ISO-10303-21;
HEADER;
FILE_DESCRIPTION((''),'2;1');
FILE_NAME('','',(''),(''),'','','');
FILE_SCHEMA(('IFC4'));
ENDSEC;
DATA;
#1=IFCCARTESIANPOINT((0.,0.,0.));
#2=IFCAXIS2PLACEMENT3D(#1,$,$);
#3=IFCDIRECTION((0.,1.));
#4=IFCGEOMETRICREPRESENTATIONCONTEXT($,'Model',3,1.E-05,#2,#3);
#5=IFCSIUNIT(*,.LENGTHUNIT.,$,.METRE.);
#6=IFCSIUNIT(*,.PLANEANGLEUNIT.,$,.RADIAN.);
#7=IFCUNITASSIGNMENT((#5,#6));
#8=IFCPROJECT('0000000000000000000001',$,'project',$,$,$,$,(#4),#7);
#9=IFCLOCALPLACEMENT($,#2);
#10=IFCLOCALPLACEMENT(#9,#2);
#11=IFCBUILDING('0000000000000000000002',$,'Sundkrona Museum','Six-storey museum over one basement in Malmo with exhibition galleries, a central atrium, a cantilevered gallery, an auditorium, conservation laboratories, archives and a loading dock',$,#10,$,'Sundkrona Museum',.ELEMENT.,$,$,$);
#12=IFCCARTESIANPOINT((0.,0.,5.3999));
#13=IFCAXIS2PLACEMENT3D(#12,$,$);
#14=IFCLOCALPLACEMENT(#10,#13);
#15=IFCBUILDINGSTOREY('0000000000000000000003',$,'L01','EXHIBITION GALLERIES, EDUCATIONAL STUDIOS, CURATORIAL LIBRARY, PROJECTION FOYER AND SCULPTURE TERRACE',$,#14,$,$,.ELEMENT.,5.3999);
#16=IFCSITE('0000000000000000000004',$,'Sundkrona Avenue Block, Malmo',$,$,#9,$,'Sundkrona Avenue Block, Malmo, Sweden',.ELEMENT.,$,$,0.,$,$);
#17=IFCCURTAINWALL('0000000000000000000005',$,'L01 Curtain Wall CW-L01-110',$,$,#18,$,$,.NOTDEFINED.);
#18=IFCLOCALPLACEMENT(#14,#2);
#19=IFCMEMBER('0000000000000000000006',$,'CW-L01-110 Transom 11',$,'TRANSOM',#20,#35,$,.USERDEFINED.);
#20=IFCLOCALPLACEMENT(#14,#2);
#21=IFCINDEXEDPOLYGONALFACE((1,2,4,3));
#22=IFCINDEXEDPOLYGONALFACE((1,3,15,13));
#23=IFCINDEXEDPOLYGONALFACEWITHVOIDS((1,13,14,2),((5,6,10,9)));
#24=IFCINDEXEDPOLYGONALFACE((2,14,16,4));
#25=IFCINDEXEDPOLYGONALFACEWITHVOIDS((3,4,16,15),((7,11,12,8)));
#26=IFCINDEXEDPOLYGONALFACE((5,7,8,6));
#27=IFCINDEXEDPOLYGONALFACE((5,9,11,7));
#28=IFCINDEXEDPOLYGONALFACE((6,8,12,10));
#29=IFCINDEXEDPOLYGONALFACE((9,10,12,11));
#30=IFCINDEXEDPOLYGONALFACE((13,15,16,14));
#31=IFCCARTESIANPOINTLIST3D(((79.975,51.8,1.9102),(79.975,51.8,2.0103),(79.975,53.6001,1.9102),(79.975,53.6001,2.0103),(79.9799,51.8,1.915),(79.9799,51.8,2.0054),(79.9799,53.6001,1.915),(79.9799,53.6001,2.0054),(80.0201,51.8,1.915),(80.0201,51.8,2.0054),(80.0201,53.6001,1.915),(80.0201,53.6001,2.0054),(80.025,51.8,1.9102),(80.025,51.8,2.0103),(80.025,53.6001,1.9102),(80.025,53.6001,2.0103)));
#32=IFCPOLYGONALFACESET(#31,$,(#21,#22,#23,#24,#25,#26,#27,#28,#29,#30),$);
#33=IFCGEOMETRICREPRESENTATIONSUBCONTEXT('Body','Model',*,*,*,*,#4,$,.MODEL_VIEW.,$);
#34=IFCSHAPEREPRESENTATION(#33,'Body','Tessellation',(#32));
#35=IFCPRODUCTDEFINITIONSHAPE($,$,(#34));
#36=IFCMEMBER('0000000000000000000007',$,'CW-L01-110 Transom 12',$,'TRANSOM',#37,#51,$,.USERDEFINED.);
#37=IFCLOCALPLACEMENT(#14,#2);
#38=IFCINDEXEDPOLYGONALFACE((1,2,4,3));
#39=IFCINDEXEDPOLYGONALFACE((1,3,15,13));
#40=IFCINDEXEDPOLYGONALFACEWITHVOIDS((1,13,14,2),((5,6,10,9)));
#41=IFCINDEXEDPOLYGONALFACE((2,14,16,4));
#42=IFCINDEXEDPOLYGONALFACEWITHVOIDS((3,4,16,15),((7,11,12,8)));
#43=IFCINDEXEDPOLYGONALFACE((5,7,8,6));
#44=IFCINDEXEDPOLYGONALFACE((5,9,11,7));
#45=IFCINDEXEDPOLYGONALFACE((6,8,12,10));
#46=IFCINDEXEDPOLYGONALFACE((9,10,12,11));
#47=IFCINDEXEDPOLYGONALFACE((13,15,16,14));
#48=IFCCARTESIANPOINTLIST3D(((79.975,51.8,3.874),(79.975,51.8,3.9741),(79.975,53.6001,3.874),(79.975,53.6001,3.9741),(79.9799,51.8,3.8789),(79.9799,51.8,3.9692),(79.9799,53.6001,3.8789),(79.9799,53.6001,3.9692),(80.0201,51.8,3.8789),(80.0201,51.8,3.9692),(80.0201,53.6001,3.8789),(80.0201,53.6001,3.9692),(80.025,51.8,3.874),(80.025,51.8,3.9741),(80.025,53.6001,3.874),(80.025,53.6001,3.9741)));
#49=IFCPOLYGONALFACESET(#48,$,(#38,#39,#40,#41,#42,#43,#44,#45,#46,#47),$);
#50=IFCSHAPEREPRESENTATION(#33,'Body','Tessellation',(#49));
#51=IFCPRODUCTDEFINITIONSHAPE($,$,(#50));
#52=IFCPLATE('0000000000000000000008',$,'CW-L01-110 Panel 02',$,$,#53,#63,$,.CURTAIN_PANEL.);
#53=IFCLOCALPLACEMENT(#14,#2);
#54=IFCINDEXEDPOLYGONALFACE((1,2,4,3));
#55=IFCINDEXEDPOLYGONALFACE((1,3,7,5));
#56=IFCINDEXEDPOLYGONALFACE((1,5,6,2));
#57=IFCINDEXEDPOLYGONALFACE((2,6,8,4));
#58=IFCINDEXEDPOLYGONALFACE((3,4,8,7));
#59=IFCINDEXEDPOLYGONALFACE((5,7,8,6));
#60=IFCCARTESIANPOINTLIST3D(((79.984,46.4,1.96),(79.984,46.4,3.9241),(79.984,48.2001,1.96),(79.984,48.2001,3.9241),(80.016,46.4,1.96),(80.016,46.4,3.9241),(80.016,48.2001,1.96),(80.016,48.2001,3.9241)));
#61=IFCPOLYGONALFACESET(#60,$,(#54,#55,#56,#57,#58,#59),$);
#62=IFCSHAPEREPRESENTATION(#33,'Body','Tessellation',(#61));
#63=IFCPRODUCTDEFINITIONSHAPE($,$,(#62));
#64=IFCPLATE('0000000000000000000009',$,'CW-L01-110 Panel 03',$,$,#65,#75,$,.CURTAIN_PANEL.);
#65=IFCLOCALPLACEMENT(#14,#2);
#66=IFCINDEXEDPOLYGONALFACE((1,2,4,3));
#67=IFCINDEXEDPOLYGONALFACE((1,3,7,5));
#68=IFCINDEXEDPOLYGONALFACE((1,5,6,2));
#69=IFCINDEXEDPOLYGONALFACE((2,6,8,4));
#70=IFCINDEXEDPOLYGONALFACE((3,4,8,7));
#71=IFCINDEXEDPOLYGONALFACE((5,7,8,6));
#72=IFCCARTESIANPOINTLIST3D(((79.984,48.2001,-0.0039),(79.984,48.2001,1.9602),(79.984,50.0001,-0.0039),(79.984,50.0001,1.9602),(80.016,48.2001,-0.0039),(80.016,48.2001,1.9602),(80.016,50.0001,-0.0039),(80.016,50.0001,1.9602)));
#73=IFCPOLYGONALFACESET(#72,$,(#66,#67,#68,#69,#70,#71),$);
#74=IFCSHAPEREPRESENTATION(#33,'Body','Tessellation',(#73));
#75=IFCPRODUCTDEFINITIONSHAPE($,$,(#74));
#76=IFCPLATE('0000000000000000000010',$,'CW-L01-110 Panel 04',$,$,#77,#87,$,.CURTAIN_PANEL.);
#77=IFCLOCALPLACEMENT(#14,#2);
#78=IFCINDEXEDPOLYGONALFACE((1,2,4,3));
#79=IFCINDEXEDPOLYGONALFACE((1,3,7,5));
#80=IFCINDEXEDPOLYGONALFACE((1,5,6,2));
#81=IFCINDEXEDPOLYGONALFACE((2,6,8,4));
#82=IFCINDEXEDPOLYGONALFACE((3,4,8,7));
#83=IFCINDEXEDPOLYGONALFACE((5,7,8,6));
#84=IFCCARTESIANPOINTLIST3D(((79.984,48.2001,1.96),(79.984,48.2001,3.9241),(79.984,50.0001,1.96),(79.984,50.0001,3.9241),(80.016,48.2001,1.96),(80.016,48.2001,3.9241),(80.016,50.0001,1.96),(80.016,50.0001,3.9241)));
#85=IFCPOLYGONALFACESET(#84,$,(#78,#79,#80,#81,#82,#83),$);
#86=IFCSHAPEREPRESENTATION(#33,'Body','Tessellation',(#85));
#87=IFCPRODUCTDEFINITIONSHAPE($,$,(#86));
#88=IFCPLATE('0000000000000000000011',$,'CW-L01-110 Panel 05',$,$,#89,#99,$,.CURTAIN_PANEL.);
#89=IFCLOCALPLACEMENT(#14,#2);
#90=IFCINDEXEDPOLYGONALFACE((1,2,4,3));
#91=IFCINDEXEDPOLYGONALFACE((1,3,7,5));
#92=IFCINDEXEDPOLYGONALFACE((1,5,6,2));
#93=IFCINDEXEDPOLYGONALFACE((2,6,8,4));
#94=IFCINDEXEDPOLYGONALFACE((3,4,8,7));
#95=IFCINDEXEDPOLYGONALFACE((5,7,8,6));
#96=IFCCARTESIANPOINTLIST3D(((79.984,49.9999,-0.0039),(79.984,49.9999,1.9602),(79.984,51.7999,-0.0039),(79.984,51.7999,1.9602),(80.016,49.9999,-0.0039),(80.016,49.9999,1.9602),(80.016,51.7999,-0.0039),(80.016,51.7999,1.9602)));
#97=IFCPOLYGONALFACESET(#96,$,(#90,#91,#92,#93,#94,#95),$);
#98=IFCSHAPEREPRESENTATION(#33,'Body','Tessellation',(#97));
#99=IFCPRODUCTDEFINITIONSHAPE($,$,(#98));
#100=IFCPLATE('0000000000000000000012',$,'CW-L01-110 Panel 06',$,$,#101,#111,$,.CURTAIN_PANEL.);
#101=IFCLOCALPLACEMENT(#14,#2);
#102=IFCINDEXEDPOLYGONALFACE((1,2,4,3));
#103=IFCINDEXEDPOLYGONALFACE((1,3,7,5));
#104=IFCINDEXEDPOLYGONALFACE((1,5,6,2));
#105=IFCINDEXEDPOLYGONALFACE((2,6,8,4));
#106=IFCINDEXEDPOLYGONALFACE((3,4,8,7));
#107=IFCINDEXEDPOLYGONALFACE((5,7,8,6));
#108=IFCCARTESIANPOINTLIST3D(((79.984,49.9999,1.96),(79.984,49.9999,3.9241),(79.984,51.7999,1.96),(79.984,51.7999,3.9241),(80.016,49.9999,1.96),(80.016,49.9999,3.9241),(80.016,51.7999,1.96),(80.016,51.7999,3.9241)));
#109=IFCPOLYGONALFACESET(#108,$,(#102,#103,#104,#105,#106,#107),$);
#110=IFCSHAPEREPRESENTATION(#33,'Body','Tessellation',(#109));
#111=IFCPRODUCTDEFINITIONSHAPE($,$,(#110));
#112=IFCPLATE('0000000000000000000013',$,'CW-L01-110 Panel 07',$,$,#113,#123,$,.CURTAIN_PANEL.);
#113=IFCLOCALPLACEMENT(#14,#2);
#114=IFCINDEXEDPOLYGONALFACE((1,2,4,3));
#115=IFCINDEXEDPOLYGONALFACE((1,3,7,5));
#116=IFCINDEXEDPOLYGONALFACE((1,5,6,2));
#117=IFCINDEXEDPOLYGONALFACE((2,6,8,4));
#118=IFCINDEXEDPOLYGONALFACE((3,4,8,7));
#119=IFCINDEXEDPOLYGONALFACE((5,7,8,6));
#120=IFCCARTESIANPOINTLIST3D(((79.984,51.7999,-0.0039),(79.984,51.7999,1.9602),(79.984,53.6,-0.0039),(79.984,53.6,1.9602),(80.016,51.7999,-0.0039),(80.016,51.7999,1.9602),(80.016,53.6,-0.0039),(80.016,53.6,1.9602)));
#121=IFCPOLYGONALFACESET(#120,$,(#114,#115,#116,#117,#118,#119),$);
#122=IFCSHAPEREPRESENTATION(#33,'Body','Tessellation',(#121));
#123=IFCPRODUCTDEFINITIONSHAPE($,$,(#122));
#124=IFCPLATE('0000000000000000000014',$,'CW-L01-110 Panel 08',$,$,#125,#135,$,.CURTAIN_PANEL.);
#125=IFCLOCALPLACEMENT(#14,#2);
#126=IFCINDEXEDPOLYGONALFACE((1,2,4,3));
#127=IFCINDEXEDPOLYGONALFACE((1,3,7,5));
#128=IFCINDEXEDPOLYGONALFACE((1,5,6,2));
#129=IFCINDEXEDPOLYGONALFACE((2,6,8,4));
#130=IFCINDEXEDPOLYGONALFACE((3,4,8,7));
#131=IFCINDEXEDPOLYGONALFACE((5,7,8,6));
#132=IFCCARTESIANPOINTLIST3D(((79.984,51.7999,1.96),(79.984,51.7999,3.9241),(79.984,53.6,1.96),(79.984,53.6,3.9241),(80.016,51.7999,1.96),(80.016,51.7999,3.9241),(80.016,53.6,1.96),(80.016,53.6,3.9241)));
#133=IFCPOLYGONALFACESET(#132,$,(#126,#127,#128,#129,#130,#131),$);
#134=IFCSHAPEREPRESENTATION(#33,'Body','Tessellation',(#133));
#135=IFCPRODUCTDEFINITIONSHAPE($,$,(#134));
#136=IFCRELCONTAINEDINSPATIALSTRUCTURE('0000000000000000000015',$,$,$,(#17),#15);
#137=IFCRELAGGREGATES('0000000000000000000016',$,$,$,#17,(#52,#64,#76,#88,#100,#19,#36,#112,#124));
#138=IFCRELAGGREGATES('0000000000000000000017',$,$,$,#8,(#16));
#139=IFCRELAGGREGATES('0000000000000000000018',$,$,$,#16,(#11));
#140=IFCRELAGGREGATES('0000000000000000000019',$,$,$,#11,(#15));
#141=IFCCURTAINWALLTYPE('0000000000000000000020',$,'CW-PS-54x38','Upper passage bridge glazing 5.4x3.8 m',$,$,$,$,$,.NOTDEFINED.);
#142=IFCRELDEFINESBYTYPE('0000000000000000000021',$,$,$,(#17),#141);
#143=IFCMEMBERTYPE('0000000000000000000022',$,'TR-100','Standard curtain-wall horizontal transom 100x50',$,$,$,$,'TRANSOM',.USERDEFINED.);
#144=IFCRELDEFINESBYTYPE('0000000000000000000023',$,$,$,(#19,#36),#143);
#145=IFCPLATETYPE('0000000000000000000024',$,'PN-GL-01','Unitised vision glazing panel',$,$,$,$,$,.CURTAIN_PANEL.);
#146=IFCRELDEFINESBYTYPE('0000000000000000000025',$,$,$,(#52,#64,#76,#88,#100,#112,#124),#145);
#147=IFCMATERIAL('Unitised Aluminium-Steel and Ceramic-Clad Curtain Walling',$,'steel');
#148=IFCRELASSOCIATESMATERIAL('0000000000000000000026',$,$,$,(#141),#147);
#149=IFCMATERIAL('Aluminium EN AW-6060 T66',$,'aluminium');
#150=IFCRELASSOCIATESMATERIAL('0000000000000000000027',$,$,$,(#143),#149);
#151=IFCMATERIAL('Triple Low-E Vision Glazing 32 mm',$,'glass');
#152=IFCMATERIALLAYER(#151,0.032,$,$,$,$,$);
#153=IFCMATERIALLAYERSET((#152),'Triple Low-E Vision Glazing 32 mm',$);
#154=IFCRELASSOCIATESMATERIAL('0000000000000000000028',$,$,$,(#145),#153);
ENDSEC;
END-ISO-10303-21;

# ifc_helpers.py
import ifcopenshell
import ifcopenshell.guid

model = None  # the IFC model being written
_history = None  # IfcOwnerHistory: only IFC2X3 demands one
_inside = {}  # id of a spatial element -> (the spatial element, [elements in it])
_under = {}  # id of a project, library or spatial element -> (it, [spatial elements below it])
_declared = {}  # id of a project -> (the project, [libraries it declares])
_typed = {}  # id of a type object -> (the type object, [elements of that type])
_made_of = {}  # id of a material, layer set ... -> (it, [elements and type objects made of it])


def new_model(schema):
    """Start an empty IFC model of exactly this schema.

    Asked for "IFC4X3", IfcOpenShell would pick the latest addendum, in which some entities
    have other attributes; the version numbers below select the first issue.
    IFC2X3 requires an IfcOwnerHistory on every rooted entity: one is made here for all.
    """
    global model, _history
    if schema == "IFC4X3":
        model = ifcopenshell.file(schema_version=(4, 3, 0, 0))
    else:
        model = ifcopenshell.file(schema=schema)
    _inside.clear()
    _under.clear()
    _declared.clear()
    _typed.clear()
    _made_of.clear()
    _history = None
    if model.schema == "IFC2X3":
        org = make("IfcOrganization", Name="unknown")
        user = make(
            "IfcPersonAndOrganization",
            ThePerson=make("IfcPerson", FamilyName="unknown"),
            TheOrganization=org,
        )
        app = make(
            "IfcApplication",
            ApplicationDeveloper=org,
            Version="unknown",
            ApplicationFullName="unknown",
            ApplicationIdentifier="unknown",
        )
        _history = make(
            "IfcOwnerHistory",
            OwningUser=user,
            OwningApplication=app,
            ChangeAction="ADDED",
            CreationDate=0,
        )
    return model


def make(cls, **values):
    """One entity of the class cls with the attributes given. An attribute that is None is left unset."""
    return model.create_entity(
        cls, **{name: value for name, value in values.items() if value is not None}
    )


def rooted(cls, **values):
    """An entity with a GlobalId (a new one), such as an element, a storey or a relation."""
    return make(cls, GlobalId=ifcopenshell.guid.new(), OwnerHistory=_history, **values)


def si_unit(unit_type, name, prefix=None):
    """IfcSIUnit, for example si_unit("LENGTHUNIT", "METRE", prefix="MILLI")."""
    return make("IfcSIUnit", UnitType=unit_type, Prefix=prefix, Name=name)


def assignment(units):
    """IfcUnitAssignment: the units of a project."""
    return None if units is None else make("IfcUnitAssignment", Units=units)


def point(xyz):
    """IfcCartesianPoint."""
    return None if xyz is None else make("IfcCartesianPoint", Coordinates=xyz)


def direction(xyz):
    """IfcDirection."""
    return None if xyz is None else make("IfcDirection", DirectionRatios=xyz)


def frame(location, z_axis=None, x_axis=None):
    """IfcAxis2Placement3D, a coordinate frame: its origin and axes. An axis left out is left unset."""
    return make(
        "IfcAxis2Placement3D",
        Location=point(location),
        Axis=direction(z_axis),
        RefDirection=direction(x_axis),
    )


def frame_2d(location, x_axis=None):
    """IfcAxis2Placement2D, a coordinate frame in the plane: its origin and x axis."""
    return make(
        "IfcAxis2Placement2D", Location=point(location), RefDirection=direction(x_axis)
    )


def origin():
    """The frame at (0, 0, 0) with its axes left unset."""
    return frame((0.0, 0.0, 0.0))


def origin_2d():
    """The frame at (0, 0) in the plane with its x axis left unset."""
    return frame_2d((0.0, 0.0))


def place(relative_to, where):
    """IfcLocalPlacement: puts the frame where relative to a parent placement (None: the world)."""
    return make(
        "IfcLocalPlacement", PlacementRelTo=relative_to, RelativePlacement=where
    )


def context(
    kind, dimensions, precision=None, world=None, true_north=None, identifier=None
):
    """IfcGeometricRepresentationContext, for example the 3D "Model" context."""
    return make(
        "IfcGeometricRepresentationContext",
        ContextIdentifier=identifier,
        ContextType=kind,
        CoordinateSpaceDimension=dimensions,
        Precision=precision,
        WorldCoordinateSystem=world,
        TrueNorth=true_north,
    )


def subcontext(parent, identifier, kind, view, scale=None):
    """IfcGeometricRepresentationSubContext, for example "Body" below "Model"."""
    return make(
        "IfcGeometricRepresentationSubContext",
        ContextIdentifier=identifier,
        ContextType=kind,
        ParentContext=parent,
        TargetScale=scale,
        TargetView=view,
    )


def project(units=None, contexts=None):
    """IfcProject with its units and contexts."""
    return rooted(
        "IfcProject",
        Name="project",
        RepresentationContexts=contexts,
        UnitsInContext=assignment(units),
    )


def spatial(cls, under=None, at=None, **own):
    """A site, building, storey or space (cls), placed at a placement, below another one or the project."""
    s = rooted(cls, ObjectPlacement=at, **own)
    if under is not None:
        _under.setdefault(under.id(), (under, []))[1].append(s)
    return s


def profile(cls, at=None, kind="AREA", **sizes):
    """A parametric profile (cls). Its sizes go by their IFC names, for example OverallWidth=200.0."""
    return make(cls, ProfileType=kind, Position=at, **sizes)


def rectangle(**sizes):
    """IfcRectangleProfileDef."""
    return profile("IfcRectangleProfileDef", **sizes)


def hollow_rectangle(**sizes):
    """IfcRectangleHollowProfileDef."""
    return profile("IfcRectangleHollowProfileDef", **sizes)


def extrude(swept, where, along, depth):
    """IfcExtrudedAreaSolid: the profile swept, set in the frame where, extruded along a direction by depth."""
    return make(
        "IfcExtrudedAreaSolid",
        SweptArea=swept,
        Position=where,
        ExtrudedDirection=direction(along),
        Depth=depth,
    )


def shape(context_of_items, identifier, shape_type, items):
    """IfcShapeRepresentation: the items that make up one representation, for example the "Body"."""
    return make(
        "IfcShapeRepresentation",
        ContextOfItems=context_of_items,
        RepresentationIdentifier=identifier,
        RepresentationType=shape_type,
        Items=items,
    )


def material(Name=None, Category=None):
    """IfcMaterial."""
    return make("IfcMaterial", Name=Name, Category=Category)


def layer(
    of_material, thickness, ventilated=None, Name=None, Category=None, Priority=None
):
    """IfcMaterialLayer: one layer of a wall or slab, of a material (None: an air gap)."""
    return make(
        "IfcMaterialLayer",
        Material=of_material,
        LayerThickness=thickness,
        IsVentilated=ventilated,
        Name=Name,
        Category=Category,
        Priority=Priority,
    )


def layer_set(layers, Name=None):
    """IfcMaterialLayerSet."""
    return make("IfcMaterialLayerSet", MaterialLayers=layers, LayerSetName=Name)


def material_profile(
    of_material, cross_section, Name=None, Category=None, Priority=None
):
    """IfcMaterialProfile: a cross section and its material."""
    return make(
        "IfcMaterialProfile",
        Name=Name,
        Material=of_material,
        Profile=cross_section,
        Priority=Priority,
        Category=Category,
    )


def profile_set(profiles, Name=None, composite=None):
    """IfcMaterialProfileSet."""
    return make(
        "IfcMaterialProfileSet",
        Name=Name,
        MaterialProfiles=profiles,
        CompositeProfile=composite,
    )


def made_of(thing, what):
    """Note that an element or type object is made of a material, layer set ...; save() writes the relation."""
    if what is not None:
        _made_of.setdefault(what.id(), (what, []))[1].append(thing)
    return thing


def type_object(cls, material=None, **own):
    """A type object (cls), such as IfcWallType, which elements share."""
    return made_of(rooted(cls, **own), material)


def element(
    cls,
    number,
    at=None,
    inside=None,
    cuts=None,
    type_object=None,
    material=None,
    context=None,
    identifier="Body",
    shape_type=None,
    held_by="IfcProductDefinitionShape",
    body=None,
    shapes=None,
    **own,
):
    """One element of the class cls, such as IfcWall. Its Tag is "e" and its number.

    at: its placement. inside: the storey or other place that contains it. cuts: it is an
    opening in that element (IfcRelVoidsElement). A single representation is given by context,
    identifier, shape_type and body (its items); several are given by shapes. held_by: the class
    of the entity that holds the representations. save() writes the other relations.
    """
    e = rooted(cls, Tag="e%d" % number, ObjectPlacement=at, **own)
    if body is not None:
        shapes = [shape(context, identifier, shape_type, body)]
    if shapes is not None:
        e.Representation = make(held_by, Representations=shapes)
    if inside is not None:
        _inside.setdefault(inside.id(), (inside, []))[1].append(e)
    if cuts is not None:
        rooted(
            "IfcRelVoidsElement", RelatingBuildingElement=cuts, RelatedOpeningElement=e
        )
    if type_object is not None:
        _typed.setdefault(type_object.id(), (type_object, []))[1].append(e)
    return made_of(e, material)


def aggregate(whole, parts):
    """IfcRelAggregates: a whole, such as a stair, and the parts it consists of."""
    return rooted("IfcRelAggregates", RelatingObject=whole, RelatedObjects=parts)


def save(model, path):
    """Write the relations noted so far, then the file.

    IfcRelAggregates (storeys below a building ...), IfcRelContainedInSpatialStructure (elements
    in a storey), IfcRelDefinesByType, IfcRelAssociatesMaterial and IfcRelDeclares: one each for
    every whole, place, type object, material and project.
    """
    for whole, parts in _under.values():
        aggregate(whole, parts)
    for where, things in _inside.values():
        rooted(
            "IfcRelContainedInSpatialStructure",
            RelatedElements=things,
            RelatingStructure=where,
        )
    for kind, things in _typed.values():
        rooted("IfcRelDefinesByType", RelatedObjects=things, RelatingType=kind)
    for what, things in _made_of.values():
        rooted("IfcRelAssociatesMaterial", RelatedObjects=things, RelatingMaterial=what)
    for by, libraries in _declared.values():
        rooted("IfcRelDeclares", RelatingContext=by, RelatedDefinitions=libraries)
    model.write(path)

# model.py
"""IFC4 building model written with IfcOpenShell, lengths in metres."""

from ifc_helpers import new_model, si_unit, direction, frame, origin, origin_2d, place, context, subcontext, project, spatial, rectangle, hollow_rectangle, extrude, material, layer, layer_set, material_profile, profile_set, type_object, element, aggregate, save


model = new_model("IFC4")

# Units and contexts
model_context = context("Model", 3, precision=1e-05, world=origin(), true_north=direction((0.0, 1.0)))
body_context = subcontext(model_context, "Body", "Model", "MODEL_VIEW")
ifc_project = project(units=[si_unit("LENGTHUNIT", "METRE"), si_unit("PLANEANGLEUNIT", "RADIAN")], contexts=[model_context])

# Site, building, storey
site_placement = place(None, origin())
site = spatial("IfcSite", under=ifc_project, at=site_placement, Name="Sundkrona Avenue Block, Malmo", LongName="Sundkrona Avenue Block, Malmo, Sweden", CompositionType="ELEMENT", RefElevation=0.0)
building_placement = place(site_placement, origin())
building = spatial("IfcBuilding", under=site, at=building_placement, Name="Sundkrona Museum", Description="Six-storey museum over one basement in Malmo with exhibition galleries, a central atrium, a cantilevered gallery, an auditorium, conservation laboratories, archives and a loading dock", LongName="Sundkrona Museum", CompositionType="ELEMENT")
storey_placement = place(building_placement, frame((0.0, 0.0, 5.3999)))
storey = spatial("IfcBuildingStorey", under=building, at=storey_placement, Name="L01", Description="EXHIBITION GALLERIES, EDUCATIONAL STUDIOS, CURATORIAL LIBRARY, PROJECTION FOYER AND SCULPTURE TERRACE", CompositionType="ELEMENT", Elevation=5.3999)

# Curtain wall, members, plates
ifc_material_1 = material(Name="Unitised Aluminium-Steel and Ceramic-Clad Curtain Walling", Category="steel")
curtain_wall_type = type_object("IfcCurtainWallType", Name="CW-PS-54x38", Description="Upper passage bridge glazing 5.4x3.8 m", PredefinedType="NOTDEFINED", material=ifc_material_1)
curtain_wall_placement = place(storey_placement, origin())
curtain_wall = element("IfcCurtainWall", 1, at=curtain_wall_placement, inside=storey, type_object=curtain_wall_type, Name="L01 Curtain Wall CW-L01-110", PredefinedType="NOTDEFINED")
ifc_material_2 = material(Name="Aluminium EN AW-6060 T66", Category="aluminium")
ifc_material_profile_1 = material_profile(ifc_material_2, hollow_rectangle(XDim=0.05, YDim=0.1001, WallThickness=0.0049, at=origin_2d()), Name="RHS 100x50x5.0")
ifc_profile_set_1 = profile_set([ifc_material_profile_1], Name="Aluminium EN AW-6060 T66")
member_type_1 = type_object("IfcMemberType", Name="TR-100", Description="Standard curtain-wall horizontal transom 100x50", ElementType="TRANSOM", PredefinedType="USERDEFINED", material=ifc_profile_set_1)
member_1_placement = place(storey_placement, frame((80.0, 51.8, 1.9602), z_axis=(0.0, 1.0, 0.0), x_axis=(-1.0, 0.0, 0.0)))
member_1 = element("IfcMember", 2, at=member_1_placement, type_object=member_type_1, Name="CW-L01-110 Transom 11", ObjectType="TRANSOM", PredefinedType="USERDEFINED", context=body_context, shape_type="SweptSolid", body=[
    extrude(hollow_rectangle(XDim=0.05, YDim=0.1001, WallThickness=0.0049, at=origin_2d()), origin(), (0.0, 0.0, 1.0), 1.8),
])
member_2_placement = place(storey_placement, frame((80.0, 51.8, 3.9241), z_axis=(0.0, 1.0, 0.0), x_axis=(-1.0, 0.0, 0.0)))
member_2 = element("IfcMember", 3, at=member_2_placement, type_object=member_type_1, Name="CW-L01-110 Transom 12", ObjectType="TRANSOM", PredefinedType="USERDEFINED", context=body_context, shape_type="SweptSolid", body=[
    extrude(hollow_rectangle(XDim=0.05, YDim=0.1001, WallThickness=0.0049, at=origin_2d()), origin(), (0.0, 0.0, 1.0), 1.8),
])
ifc_material_3 = material(Name="Triple Low-E Vision Glazing 32 mm", Category="glass")
ifc_layer = layer(ifc_material_3, 0.032)
ifc_layer_set = layer_set([ifc_layer], Name="Triple Low-E Vision Glazing 32 mm")
plate_type = type_object("IfcPlateType", Name="PN-GL-01", Description="Unitised vision glazing panel", PredefinedType="CURTAIN_PANEL", material=ifc_layer_set)
plate_1_placement = place(storey_placement, frame((80.0, 47.3, 1.96), z_axis=(0.0, 0.0, 1.0), x_axis=(0.0, 1.0, 0.0)))
plate_1 = element("IfcPlate", 4, at=plate_1_placement, type_object=plate_type, Name="CW-L01-110 Panel 02", PredefinedType="CURTAIN_PANEL", context=body_context, shape_type="SweptSolid", body=[
    extrude(rectangle(XDim=1.8, YDim=0.032, at=origin_2d()), origin(), (0.0, 0.0, 1.0), 1.9641),
])
plate_2_placement = place(storey_placement, frame((80.0, 49.1001, -0.0039), z_axis=(0.0, 0.0, 1.0), x_axis=(0.0, 1.0, 0.0)))
plate_2 = element("IfcPlate", 5, at=plate_2_placement, type_object=plate_type, Name="CW-L01-110 Panel 03", PredefinedType="CURTAIN_PANEL", context=body_context, shape_type="SweptSolid", body=[
    extrude(rectangle(XDim=1.8, YDim=0.032, at=origin_2d()), origin(), (0.0, 0.0, 1.0), 1.9641),
])
plate_3_placement = place(storey_placement, frame((80.0, 49.1001, 1.96), z_axis=(0.0, 0.0, 1.0), x_axis=(0.0, 1.0, 0.0)))
plate_3 = element("IfcPlate", 6, at=plate_3_placement, type_object=plate_type, Name="CW-L01-110 Panel 04", PredefinedType="CURTAIN_PANEL", context=body_context, shape_type="SweptSolid", body=[
    extrude(rectangle(XDim=1.8, YDim=0.032, at=origin_2d()), origin(), (0.0, 0.0, 1.0), 1.9641),
])
plate_4_placement = place(storey_placement, frame((80.0, 50.8999, -0.0039), z_axis=(0.0, 0.0, 1.0), x_axis=(0.0, 1.0, 0.0)))
plate_4 = element("IfcPlate", 7, at=plate_4_placement, type_object=plate_type, Name="CW-L01-110 Panel 05", PredefinedType="CURTAIN_PANEL", context=body_context, shape_type="SweptSolid", body=[
    extrude(rectangle(XDim=1.8, YDim=0.032, at=origin_2d()), origin(), (0.0, 0.0, 1.0), 1.9641),
])
plate_5_placement = place(storey_placement, frame((80.0, 50.8999, 1.96), z_axis=(0.0, 0.0, 1.0), x_axis=(0.0, 1.0, 0.0)))
plate_5 = element("IfcPlate", 8, at=plate_5_placement, type_object=plate_type, Name="CW-L01-110 Panel 06", PredefinedType="CURTAIN_PANEL", context=body_context, shape_type="SweptSolid", body=[
    extrude(rectangle(XDim=1.8, YDim=0.032, at=origin_2d()), origin(), (0.0, 0.0, 1.0), 1.9641),
])
plate_6_placement = place(storey_placement, frame((80.0, 52.7, -0.0039), z_axis=(0.0, 0.0, 1.0), x_axis=(0.0, 1.0, 0.0)))
plate_6 = element("IfcPlate", 9, at=plate_6_placement, type_object=plate_type, Name="CW-L01-110 Panel 07", PredefinedType="CURTAIN_PANEL", context=body_context, shape_type="SweptSolid", body=[
    extrude(rectangle(XDim=1.8, YDim=0.032, at=origin_2d()), origin(), (0.0, 0.0, 1.0), 1.9641),
])
plate_7_placement = place(storey_placement, frame((80.0, 52.7, 1.96), z_axis=(0.0, 0.0, 1.0), x_axis=(0.0, 1.0, 0.0)))
plate_7 = element("IfcPlate", 10, at=plate_7_placement, type_object=plate_type, Name="CW-L01-110 Panel 08", PredefinedType="CURTAIN_PANEL", context=body_context, shape_type="SweptSolid", body=[
    extrude(rectangle(XDim=1.8, YDim=0.032, at=origin_2d()), origin(), (0.0, 0.0, 1.0), 1.9641),
])
aggregate(curtain_wall, [plate_1, plate_2, plate_3, plate_4, plate_5, member_1, member_2, plate_6, plate_7])

save(model, "model.ifc")
